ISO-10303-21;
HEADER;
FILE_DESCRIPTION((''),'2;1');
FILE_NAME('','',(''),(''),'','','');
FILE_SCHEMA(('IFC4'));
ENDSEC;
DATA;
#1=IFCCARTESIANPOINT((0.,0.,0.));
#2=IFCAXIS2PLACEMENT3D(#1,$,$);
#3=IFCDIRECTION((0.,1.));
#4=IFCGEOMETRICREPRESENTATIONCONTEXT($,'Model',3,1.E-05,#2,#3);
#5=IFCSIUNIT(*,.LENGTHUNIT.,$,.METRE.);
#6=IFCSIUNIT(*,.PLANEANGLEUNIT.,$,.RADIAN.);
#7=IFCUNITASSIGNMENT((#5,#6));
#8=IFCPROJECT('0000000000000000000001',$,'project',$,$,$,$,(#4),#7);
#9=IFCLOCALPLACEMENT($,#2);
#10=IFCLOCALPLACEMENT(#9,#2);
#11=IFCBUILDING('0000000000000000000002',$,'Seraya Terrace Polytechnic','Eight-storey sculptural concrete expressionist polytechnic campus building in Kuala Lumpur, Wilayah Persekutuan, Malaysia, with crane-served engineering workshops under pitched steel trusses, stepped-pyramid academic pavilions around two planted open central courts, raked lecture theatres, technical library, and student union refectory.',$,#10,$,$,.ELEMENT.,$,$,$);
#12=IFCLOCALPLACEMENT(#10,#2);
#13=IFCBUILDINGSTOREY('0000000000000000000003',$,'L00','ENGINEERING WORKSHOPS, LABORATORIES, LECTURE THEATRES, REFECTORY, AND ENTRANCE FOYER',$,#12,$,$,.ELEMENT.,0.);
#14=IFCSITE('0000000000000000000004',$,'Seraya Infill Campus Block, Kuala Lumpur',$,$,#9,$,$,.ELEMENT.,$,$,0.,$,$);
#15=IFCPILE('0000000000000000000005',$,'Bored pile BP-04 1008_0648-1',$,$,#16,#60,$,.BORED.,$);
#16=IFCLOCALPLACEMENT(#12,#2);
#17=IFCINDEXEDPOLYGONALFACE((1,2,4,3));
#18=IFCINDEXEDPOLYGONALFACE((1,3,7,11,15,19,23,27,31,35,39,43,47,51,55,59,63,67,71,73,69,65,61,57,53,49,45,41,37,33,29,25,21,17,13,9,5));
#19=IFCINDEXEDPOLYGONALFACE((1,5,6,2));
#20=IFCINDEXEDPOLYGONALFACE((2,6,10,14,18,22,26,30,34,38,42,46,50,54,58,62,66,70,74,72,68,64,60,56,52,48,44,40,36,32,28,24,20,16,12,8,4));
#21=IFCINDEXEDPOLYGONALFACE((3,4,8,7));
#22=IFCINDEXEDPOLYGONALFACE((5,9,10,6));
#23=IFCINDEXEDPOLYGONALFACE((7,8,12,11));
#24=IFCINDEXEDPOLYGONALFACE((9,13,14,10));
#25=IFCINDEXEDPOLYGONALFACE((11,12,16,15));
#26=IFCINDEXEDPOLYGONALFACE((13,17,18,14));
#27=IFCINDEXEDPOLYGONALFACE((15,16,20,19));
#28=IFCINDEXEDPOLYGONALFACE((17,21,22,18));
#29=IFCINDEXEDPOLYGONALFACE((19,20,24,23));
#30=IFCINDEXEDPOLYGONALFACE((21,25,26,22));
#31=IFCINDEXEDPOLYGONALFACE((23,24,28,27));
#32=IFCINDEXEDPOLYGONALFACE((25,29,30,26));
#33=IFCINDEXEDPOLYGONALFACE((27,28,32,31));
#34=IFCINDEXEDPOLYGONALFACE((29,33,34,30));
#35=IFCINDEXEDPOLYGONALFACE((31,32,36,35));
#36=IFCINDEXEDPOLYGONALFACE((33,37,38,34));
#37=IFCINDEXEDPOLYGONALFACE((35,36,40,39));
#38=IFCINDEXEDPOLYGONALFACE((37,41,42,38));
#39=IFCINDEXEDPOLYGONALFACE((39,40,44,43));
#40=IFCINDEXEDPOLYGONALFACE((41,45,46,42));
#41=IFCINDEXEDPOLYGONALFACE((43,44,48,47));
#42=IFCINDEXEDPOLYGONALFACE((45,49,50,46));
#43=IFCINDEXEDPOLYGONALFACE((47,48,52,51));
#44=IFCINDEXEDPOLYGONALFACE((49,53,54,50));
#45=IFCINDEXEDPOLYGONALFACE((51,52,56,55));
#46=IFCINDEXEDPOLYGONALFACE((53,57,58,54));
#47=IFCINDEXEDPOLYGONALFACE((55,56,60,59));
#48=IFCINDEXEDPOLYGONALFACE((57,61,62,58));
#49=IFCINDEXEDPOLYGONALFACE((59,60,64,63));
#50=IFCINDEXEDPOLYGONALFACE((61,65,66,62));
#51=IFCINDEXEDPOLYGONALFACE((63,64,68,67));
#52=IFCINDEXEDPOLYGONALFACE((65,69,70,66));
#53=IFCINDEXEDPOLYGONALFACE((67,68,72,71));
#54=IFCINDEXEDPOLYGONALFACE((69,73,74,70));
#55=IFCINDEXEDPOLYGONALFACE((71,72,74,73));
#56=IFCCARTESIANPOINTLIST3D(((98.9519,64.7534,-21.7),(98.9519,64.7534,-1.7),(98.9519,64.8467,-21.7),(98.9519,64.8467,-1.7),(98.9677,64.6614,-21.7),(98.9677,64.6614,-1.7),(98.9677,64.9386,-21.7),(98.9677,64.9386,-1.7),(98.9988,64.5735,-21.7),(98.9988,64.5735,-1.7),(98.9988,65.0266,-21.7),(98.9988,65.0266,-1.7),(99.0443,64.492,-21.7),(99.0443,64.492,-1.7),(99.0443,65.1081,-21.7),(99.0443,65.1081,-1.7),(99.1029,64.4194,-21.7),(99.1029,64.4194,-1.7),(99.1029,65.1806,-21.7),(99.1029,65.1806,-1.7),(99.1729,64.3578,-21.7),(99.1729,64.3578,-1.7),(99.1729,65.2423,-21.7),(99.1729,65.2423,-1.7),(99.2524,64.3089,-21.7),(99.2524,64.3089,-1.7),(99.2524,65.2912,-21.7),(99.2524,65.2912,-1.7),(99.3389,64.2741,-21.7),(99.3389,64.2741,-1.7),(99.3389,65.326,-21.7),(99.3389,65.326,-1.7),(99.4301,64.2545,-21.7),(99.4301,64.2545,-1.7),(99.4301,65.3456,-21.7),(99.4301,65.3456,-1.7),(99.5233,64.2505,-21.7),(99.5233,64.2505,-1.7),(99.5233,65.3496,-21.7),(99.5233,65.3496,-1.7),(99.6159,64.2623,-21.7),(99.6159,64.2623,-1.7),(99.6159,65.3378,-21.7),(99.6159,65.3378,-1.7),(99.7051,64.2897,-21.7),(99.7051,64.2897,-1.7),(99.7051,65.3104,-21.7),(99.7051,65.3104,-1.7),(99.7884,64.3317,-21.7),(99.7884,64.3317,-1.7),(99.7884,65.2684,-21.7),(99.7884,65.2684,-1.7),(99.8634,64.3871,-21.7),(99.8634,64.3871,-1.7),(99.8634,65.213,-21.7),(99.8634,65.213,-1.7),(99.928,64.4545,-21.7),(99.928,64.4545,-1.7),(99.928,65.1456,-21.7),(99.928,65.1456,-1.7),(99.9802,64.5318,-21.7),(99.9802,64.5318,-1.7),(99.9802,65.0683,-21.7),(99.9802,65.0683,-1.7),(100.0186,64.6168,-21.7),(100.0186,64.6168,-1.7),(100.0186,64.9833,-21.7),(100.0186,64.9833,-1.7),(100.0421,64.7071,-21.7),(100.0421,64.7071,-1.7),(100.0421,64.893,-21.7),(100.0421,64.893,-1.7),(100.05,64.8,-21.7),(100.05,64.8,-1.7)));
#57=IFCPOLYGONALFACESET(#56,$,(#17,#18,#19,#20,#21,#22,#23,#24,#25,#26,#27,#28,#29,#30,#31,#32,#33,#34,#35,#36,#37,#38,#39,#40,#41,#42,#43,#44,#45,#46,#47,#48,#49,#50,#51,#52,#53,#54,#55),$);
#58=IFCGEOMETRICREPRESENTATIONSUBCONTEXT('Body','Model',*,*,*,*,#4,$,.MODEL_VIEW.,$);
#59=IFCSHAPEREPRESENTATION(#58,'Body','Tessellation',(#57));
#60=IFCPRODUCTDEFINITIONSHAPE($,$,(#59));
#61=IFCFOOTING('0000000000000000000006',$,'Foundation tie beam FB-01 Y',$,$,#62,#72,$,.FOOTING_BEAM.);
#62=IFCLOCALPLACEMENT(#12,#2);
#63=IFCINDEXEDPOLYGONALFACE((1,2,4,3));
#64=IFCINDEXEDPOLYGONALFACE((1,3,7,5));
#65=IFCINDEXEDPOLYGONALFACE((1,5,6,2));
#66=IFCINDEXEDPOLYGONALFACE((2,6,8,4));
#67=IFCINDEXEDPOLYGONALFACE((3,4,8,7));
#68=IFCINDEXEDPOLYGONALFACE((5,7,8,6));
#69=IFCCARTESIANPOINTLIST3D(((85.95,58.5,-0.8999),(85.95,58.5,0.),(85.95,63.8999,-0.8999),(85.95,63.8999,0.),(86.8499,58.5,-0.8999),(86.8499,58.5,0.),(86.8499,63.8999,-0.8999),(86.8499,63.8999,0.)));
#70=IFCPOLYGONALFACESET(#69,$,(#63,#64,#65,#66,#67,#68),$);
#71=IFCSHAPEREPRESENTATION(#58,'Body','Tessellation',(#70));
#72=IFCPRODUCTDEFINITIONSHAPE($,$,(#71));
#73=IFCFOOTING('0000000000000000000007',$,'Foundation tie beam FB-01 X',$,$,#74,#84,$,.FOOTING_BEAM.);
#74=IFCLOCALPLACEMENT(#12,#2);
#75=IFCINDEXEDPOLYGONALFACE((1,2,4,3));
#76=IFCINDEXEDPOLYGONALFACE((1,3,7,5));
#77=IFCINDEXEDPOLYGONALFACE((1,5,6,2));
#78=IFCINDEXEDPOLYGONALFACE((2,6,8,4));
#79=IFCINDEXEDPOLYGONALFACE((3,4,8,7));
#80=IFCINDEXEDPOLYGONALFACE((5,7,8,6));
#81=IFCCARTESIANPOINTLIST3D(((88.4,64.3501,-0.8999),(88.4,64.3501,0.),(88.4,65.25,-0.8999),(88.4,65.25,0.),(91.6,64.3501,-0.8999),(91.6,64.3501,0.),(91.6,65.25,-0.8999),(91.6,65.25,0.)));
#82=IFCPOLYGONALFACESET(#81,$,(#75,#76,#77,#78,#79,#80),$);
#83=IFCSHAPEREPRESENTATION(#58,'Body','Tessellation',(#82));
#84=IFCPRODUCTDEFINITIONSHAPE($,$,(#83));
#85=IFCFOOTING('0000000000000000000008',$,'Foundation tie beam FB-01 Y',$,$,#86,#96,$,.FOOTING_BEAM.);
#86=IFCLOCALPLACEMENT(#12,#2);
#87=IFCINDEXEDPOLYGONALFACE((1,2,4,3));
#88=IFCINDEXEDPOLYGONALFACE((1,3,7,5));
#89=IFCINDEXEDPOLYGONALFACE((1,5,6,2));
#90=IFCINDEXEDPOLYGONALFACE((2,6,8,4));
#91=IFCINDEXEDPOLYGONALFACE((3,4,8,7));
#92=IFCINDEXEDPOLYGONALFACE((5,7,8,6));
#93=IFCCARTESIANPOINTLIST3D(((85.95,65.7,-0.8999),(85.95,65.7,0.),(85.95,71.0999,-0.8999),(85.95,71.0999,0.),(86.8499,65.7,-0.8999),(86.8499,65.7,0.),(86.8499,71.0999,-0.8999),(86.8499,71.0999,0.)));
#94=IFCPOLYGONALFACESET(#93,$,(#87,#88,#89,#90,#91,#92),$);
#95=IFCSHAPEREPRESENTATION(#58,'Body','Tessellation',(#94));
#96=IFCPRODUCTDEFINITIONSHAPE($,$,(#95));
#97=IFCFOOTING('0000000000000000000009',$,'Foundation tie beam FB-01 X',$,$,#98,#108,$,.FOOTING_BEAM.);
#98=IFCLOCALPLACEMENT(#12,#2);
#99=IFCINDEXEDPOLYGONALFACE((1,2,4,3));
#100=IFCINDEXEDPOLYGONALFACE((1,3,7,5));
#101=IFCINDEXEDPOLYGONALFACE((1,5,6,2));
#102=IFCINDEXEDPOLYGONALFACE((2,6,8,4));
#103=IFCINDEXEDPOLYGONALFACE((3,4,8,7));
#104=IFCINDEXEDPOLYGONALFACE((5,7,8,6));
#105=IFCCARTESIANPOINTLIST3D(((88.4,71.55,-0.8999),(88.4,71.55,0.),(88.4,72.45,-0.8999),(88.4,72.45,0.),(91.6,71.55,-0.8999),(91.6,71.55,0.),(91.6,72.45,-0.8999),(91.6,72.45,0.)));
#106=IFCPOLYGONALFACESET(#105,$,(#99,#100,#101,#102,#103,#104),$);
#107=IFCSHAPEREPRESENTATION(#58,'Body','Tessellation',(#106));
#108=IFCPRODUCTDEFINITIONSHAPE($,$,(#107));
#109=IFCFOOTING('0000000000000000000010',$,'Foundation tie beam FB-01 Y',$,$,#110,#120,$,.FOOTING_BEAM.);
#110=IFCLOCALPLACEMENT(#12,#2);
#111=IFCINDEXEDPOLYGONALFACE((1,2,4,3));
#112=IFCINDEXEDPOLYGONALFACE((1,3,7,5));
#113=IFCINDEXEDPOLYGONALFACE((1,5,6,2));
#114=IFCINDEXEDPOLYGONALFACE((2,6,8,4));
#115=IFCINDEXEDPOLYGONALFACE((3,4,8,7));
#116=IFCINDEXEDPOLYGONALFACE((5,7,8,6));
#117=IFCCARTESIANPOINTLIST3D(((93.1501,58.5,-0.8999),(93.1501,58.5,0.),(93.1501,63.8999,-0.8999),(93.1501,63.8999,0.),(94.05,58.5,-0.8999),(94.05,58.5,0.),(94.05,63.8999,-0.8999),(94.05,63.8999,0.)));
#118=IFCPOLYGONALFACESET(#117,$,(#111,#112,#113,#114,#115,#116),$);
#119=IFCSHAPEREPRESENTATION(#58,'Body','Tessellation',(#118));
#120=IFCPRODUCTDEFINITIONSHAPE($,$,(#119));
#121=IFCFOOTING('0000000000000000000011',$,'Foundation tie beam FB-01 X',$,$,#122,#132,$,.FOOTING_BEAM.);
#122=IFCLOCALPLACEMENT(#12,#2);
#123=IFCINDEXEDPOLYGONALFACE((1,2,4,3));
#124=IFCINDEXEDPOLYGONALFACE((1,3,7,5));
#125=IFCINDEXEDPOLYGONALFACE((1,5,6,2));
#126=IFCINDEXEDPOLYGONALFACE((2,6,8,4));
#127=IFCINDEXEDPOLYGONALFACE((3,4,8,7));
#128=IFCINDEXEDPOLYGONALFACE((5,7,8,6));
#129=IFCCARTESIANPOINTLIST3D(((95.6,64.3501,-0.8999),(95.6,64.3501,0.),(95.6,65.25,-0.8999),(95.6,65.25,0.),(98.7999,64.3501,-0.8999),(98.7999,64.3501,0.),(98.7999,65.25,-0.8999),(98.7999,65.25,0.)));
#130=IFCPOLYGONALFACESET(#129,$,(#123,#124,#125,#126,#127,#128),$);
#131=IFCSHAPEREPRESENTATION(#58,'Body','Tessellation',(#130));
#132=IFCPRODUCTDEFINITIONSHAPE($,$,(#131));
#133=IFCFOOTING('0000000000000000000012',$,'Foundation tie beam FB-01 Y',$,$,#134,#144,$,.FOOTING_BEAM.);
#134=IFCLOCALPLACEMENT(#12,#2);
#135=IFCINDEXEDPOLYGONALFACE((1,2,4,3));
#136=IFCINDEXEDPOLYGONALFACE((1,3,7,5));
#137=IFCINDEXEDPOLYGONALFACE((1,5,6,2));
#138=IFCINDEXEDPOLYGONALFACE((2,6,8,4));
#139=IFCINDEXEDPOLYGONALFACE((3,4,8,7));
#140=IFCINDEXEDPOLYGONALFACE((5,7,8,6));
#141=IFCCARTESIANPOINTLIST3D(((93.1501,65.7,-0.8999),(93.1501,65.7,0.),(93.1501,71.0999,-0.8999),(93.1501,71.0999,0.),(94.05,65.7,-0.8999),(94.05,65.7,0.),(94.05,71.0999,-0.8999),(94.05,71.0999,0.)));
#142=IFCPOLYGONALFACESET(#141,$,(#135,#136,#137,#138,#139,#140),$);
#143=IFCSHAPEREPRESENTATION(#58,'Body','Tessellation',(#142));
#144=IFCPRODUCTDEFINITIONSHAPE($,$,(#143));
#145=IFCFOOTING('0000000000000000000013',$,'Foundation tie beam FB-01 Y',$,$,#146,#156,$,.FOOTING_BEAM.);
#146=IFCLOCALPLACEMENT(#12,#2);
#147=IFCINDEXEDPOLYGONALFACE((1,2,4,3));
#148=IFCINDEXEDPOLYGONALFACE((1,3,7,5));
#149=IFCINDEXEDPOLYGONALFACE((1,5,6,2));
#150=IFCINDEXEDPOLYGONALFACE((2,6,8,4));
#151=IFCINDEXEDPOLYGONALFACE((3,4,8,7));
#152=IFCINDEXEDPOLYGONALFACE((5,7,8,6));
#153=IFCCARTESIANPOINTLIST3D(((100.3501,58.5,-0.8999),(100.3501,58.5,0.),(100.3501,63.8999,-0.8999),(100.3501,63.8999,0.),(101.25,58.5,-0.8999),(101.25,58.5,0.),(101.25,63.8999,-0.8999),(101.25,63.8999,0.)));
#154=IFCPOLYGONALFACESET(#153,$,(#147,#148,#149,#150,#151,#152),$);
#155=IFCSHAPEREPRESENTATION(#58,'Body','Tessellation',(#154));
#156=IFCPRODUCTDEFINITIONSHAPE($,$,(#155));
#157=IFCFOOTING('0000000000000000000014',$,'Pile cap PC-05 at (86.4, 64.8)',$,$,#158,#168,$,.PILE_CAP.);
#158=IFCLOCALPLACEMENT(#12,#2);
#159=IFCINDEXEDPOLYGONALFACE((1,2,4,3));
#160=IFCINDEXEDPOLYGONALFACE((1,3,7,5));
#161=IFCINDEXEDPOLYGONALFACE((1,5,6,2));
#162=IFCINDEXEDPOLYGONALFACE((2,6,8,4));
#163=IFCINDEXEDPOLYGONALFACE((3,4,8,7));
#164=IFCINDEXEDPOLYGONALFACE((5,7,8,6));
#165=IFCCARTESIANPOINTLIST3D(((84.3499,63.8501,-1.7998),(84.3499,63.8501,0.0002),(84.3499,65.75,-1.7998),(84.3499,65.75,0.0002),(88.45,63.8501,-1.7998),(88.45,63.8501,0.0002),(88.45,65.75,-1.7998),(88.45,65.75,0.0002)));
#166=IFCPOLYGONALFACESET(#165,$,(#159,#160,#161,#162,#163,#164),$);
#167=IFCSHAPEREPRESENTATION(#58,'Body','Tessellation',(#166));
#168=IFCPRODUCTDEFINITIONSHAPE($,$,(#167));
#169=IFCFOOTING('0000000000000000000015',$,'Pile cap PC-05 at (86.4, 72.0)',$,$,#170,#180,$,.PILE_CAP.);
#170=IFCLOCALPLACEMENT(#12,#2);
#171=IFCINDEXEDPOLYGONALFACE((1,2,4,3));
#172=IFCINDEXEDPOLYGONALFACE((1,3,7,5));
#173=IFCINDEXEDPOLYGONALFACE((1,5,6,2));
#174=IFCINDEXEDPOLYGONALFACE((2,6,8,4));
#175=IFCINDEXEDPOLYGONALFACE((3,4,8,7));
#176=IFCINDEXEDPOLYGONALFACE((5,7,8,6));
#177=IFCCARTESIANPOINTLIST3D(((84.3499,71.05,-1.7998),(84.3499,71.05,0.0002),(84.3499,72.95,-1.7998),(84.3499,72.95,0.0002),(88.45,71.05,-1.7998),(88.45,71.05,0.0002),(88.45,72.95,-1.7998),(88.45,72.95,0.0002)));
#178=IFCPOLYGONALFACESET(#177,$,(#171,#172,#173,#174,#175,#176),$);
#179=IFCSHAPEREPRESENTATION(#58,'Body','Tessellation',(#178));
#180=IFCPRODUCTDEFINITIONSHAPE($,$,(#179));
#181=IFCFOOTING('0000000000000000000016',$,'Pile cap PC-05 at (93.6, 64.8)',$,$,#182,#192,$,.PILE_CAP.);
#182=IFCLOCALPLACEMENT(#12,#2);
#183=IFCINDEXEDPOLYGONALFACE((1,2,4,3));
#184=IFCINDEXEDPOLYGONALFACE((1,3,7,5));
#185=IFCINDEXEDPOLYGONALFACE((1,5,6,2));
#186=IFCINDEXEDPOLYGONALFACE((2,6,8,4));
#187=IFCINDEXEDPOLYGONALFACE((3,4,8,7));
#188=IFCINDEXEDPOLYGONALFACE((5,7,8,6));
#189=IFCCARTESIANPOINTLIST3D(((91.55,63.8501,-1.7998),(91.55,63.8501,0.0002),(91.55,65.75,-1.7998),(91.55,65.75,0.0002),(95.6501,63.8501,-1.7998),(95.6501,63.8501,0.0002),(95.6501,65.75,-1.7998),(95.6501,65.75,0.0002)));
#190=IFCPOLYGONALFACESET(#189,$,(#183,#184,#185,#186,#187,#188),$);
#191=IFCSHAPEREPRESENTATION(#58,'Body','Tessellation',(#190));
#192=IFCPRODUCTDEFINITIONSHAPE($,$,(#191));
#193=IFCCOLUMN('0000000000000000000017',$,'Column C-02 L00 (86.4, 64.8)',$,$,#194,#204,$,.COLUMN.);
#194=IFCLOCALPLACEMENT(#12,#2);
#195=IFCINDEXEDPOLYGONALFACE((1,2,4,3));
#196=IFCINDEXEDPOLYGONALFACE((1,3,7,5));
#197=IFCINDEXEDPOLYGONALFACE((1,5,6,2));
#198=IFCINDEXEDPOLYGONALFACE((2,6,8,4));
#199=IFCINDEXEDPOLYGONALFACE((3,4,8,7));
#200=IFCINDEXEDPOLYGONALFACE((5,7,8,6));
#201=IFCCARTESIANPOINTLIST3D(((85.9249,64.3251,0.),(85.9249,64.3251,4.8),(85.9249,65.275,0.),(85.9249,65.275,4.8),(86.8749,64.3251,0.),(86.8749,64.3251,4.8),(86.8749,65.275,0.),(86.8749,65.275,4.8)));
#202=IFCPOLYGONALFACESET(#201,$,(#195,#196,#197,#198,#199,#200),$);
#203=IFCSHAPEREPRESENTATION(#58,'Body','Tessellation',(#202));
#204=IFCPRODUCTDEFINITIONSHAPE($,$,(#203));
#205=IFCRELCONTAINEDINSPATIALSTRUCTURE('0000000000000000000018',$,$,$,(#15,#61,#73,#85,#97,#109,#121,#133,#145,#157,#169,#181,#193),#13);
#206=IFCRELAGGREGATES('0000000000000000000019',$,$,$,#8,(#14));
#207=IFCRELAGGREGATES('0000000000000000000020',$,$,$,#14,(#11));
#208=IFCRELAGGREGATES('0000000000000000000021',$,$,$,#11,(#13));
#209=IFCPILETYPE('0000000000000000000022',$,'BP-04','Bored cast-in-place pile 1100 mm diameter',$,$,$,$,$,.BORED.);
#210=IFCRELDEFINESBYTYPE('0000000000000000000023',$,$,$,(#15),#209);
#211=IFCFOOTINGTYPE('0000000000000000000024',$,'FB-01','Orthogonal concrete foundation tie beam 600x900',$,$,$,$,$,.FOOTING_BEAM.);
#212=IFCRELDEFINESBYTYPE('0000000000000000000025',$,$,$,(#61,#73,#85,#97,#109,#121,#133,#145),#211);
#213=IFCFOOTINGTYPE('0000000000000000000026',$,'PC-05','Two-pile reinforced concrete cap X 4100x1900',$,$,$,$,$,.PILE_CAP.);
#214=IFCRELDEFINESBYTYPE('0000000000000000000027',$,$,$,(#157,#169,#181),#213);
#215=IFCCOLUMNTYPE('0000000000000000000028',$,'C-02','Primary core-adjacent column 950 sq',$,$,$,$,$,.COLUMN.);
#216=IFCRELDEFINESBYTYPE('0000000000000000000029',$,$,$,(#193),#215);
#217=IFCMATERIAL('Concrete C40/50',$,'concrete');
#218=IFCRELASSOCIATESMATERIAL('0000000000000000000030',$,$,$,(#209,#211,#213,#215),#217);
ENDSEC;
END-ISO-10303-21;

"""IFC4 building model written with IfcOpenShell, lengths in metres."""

from ifc_helpers import new_model, si_unit, direction, frame, origin, origin_2d, place, context, subcontext, project, spatial, rectangle, circle, extrude, material, material_profile, profile_set, type_object, element, save


model = new_model("IFC4")

# Units and contexts
model_context = context("Model", 3, precision=1e-05, world=origin(), true_north=direction((0.0, 1.0)))
body_context = subcontext(model_context, "Body", "Model", "MODEL_VIEW")
ifc_project = project(units=[si_unit("LENGTHUNIT", "METRE"), si_unit("PLANEANGLEUNIT", "RADIAN")], contexts=[model_context])

# Site, building, storey
site_placement = place(None, origin())
site = spatial("IfcSite", under=ifc_project, at=site_placement, Name="Seraya Infill Campus Block, Kuala Lumpur", CompositionType="ELEMENT", RefElevation=0.0)
building_placement = place(site_placement, origin())
building = spatial("IfcBuilding", under=site, at=building_placement, Name="Seraya Terrace Polytechnic", Description="Eight-storey sculptural concrete expressionist polytechnic campus building in Kuala Lumpur, Wilayah Persekutuan, Malaysia, with crane-served engineering workshops under pitched steel trusses, stepped-pyramid academic pavilions around two planted open central courts, raked lecture theatres, technical library, and student union refectory.", CompositionType="ELEMENT")
storey_placement = place(building_placement, origin())
storey = spatial("IfcBuildingStorey", under=building, at=storey_placement, Name="L00", Description="ENGINEERING WORKSHOPS, LABORATORIES, LECTURE THEATRES, REFECTORY, AND ENTRANCE FOYER", CompositionType="ELEMENT", Elevation=0.0)

# Pile
ifc_material_1 = material(Name="Concrete C40/50", Category="concrete")
ifc_material_profile_1 = material_profile(ifc_material_1, circle(Radius=0.55, at=origin_2d()), Name="DIA 1100")
ifc_profile_set_1 = profile_set([ifc_material_profile_1], Name="Concrete C40/50")
pile_type = type_object("IfcPileType", Name="BP-04", Description="Bored cast-in-place pile 1100 mm diameter", PredefinedType="BORED", material=ifc_profile_set_1)
for number, where, z_axis, x_axis, name in (
    (1, (99.5, 64.8, -1.7), (0.0, 0.0, -1.0), (1.0, 0.0, 0.0), "Bored pile BP-04 1008_0648-1"),
):
    element("IfcPile", number, at=place(storey_placement, frame(where, z_axis=z_axis, x_axis=x_axis)), inside=storey, type_object=pile_type, Name=name, PredefinedType="BORED", context=body_context, shape_type="SweptSolid", body=[
        extrude(circle(Radius=0.55, at=origin_2d()), origin(), (0.0, 0.0, 1.0), 20.0),
    ])

# Footings
footing_type_1 = type_object("IfcFootingType", Name="FB-01", Description="Orthogonal concrete foundation tie beam 600x900", PredefinedType="FOOTING_BEAM", material=ifc_material_1)
footing_1_placement = place(storey_placement, frame((86.3999, 61.2, -0.8999), z_axis=(0.0, 0.0, 1.0), x_axis=(0.0, 1.0, 0.0)))
element("IfcFooting", 2, at=footing_1_placement, inside=storey, type_object=footing_type_1, Name="Foundation tie beam FB-01 Y", PredefinedType="FOOTING_BEAM", context=body_context, shape_type="SweptSolid", body=[
    extrude(rectangle(XDim=5.3999, YDim=0.8999, at=origin_2d()), origin(), (0.0, 0.0, 1.0), 0.8999),
])
footing_2_placement = place(storey_placement, frame((90.0, 64.8, -0.8999), z_axis=(0.0, 0.0, 1.0), x_axis=(1.0, 0.0, 0.0)))
element("IfcFooting", 3, at=footing_2_placement, inside=storey, type_object=footing_type_1, Name="Foundation tie beam FB-01 X", PredefinedType="FOOTING_BEAM", context=body_context, shape_type="SweptSolid", body=[
    extrude(rectangle(XDim=3.2, YDim=0.8999, at=origin_2d()), origin(), (0.0, 0.0, 1.0), 0.8999),
])
footing_3_placement = place(storey_placement, frame((86.3999, 68.3999, -0.8999), z_axis=(0.0, 0.0, 1.0), x_axis=(0.0, 1.0, 0.0)))
element("IfcFooting", 4, at=footing_3_placement, inside=storey, type_object=footing_type_1, Name="Foundation tie beam FB-01 Y", PredefinedType="FOOTING_BEAM", context=body_context, shape_type="SweptSolid", body=[
    extrude(rectangle(XDim=5.3999, YDim=0.8999, at=origin_2d()), origin(), (0.0, 0.0, 1.0), 0.8999),
])
footing_4_placement = place(storey_placement, frame((90.0, 72.0, -0.8999), z_axis=(0.0, 0.0, 1.0), x_axis=(1.0, 0.0, 0.0)))
element("IfcFooting", 5, at=footing_4_placement, inside=storey, type_object=footing_type_1, Name="Foundation tie beam FB-01 X", PredefinedType="FOOTING_BEAM", context=body_context, shape_type="SweptSolid", body=[
    extrude(rectangle(XDim=3.2, YDim=0.8999, at=origin_2d()), origin(), (0.0, 0.0, 1.0), 0.8999),
])
footing_5_placement = place(storey_placement, frame((93.6001, 61.2, -0.8999), z_axis=(0.0, 0.0, 1.0), x_axis=(0.0, 1.0, 0.0)))
element("IfcFooting", 6, at=footing_5_placement, inside=storey, type_object=footing_type_1, Name="Foundation tie beam FB-01 Y", PredefinedType="FOOTING_BEAM", context=body_context, shape_type="SweptSolid", body=[
    extrude(rectangle(XDim=5.3999, YDim=0.8999, at=origin_2d()), origin(), (0.0, 0.0, 1.0), 0.8999),
])
footing_6_placement = place(storey_placement, frame((97.2, 64.8, -0.8999), z_axis=(0.0, 0.0, 1.0), x_axis=(1.0, 0.0, 0.0)))
element("IfcFooting", 7, at=footing_6_placement, inside=storey, type_object=footing_type_1, Name="Foundation tie beam FB-01 X", PredefinedType="FOOTING_BEAM", context=body_context, shape_type="SweptSolid", body=[
    extrude(rectangle(XDim=3.2, YDim=0.8999, at=origin_2d()), origin(), (0.0, 0.0, 1.0), 0.8999),
])
for number, where, z_axis, x_axis, name in (
    (8, (93.6001, 68.3999, -0.8999), (0.0, 0.0, 1.0), (0.0, 1.0, 0.0), "Foundation tie beam FB-01 Y"),
    (9, (100.8, 61.2, -0.8999), (0.0, 0.0, 1.0), (0.0, 1.0, 0.0), "Foundation tie beam FB-01 Y"),
):
    element("IfcFooting", number, at=place(storey_placement, frame(where, z_axis=z_axis, x_axis=x_axis)), inside=storey, type_object=footing_type_1, Name=name, PredefinedType="FOOTING_BEAM", context=body_context, shape_type="SweptSolid", body=[
        extrude(rectangle(XDim=5.3999, YDim=0.8999, at=origin_2d()), origin(), (0.0, 0.0, 1.0), 0.8999),
    ])
footing_type_2 = type_object("IfcFootingType", Name="PC-05", Description="Two-pile reinforced concrete cap X 4100x1900", PredefinedType="PILE_CAP", material=ifc_material_1)
for number, where, z_axis, x_axis, name in (
    (10, (86.3999, 64.8, -1.7998), (0.0, 0.0, 1.0), (1.0, 0.0, 0.0), "Pile cap PC-05 at (86.4, 64.8)"),
    (11, (86.3999, 72.0, -1.7998), (0.0, 0.0, 1.0), (1.0, 0.0, 0.0), "Pile cap PC-05 at (86.4, 72.0)"),
    (12, (93.6001, 64.8, -1.7998), (0.0, 0.0, 1.0), (1.0, 0.0, 0.0), "Pile cap PC-05 at (93.6, 64.8)"),
):
    element("IfcFooting", number, at=place(storey_placement, frame(where, z_axis=z_axis, x_axis=x_axis)), inside=storey, type_object=footing_type_2, Name=name, PredefinedType="PILE_CAP", context=body_context, shape_type="SweptSolid", body=[
        extrude(rectangle(XDim=4.1001, YDim=1.8999, at=origin_2d()), origin(), (0.0, 0.0, 1.0), 1.8),
    ])

# Column
ifc_material_profile_2 = material_profile(ifc_material_1, rectangle(XDim=0.95, YDim=0.95, at=origin_2d()), Name="RC 950x950")
ifc_profile_set_2 = profile_set([ifc_material_profile_2], Name="Concrete C40/50")
column_type = type_object("IfcColumnType", Name="C-02", Description="Primary core-adjacent column 950 sq", PredefinedType="COLUMN", material=ifc_profile_set_2)
for number, where, z_axis, x_axis, name in (
    (13, (86.3999, 64.8, 0.0), (0.0, 0.0, 1.0), (1.0, 0.0, 0.0), "Column C-02 L00 (86.4, 64.8)"),
):
    element("IfcColumn", number, at=place(storey_placement, frame(where, z_axis=z_axis, x_axis=x_axis)), inside=storey, type_object=column_type, Name=name, PredefinedType="COLUMN", context=body_context, shape_type="SweptSolid", body=[
        extrude(rectangle(XDim=0.95, YDim=0.95, at=origin_2d()), origin(), (0.0, 0.0, 1.0), 4.8),
    ])

save(model, "model.ifc")
